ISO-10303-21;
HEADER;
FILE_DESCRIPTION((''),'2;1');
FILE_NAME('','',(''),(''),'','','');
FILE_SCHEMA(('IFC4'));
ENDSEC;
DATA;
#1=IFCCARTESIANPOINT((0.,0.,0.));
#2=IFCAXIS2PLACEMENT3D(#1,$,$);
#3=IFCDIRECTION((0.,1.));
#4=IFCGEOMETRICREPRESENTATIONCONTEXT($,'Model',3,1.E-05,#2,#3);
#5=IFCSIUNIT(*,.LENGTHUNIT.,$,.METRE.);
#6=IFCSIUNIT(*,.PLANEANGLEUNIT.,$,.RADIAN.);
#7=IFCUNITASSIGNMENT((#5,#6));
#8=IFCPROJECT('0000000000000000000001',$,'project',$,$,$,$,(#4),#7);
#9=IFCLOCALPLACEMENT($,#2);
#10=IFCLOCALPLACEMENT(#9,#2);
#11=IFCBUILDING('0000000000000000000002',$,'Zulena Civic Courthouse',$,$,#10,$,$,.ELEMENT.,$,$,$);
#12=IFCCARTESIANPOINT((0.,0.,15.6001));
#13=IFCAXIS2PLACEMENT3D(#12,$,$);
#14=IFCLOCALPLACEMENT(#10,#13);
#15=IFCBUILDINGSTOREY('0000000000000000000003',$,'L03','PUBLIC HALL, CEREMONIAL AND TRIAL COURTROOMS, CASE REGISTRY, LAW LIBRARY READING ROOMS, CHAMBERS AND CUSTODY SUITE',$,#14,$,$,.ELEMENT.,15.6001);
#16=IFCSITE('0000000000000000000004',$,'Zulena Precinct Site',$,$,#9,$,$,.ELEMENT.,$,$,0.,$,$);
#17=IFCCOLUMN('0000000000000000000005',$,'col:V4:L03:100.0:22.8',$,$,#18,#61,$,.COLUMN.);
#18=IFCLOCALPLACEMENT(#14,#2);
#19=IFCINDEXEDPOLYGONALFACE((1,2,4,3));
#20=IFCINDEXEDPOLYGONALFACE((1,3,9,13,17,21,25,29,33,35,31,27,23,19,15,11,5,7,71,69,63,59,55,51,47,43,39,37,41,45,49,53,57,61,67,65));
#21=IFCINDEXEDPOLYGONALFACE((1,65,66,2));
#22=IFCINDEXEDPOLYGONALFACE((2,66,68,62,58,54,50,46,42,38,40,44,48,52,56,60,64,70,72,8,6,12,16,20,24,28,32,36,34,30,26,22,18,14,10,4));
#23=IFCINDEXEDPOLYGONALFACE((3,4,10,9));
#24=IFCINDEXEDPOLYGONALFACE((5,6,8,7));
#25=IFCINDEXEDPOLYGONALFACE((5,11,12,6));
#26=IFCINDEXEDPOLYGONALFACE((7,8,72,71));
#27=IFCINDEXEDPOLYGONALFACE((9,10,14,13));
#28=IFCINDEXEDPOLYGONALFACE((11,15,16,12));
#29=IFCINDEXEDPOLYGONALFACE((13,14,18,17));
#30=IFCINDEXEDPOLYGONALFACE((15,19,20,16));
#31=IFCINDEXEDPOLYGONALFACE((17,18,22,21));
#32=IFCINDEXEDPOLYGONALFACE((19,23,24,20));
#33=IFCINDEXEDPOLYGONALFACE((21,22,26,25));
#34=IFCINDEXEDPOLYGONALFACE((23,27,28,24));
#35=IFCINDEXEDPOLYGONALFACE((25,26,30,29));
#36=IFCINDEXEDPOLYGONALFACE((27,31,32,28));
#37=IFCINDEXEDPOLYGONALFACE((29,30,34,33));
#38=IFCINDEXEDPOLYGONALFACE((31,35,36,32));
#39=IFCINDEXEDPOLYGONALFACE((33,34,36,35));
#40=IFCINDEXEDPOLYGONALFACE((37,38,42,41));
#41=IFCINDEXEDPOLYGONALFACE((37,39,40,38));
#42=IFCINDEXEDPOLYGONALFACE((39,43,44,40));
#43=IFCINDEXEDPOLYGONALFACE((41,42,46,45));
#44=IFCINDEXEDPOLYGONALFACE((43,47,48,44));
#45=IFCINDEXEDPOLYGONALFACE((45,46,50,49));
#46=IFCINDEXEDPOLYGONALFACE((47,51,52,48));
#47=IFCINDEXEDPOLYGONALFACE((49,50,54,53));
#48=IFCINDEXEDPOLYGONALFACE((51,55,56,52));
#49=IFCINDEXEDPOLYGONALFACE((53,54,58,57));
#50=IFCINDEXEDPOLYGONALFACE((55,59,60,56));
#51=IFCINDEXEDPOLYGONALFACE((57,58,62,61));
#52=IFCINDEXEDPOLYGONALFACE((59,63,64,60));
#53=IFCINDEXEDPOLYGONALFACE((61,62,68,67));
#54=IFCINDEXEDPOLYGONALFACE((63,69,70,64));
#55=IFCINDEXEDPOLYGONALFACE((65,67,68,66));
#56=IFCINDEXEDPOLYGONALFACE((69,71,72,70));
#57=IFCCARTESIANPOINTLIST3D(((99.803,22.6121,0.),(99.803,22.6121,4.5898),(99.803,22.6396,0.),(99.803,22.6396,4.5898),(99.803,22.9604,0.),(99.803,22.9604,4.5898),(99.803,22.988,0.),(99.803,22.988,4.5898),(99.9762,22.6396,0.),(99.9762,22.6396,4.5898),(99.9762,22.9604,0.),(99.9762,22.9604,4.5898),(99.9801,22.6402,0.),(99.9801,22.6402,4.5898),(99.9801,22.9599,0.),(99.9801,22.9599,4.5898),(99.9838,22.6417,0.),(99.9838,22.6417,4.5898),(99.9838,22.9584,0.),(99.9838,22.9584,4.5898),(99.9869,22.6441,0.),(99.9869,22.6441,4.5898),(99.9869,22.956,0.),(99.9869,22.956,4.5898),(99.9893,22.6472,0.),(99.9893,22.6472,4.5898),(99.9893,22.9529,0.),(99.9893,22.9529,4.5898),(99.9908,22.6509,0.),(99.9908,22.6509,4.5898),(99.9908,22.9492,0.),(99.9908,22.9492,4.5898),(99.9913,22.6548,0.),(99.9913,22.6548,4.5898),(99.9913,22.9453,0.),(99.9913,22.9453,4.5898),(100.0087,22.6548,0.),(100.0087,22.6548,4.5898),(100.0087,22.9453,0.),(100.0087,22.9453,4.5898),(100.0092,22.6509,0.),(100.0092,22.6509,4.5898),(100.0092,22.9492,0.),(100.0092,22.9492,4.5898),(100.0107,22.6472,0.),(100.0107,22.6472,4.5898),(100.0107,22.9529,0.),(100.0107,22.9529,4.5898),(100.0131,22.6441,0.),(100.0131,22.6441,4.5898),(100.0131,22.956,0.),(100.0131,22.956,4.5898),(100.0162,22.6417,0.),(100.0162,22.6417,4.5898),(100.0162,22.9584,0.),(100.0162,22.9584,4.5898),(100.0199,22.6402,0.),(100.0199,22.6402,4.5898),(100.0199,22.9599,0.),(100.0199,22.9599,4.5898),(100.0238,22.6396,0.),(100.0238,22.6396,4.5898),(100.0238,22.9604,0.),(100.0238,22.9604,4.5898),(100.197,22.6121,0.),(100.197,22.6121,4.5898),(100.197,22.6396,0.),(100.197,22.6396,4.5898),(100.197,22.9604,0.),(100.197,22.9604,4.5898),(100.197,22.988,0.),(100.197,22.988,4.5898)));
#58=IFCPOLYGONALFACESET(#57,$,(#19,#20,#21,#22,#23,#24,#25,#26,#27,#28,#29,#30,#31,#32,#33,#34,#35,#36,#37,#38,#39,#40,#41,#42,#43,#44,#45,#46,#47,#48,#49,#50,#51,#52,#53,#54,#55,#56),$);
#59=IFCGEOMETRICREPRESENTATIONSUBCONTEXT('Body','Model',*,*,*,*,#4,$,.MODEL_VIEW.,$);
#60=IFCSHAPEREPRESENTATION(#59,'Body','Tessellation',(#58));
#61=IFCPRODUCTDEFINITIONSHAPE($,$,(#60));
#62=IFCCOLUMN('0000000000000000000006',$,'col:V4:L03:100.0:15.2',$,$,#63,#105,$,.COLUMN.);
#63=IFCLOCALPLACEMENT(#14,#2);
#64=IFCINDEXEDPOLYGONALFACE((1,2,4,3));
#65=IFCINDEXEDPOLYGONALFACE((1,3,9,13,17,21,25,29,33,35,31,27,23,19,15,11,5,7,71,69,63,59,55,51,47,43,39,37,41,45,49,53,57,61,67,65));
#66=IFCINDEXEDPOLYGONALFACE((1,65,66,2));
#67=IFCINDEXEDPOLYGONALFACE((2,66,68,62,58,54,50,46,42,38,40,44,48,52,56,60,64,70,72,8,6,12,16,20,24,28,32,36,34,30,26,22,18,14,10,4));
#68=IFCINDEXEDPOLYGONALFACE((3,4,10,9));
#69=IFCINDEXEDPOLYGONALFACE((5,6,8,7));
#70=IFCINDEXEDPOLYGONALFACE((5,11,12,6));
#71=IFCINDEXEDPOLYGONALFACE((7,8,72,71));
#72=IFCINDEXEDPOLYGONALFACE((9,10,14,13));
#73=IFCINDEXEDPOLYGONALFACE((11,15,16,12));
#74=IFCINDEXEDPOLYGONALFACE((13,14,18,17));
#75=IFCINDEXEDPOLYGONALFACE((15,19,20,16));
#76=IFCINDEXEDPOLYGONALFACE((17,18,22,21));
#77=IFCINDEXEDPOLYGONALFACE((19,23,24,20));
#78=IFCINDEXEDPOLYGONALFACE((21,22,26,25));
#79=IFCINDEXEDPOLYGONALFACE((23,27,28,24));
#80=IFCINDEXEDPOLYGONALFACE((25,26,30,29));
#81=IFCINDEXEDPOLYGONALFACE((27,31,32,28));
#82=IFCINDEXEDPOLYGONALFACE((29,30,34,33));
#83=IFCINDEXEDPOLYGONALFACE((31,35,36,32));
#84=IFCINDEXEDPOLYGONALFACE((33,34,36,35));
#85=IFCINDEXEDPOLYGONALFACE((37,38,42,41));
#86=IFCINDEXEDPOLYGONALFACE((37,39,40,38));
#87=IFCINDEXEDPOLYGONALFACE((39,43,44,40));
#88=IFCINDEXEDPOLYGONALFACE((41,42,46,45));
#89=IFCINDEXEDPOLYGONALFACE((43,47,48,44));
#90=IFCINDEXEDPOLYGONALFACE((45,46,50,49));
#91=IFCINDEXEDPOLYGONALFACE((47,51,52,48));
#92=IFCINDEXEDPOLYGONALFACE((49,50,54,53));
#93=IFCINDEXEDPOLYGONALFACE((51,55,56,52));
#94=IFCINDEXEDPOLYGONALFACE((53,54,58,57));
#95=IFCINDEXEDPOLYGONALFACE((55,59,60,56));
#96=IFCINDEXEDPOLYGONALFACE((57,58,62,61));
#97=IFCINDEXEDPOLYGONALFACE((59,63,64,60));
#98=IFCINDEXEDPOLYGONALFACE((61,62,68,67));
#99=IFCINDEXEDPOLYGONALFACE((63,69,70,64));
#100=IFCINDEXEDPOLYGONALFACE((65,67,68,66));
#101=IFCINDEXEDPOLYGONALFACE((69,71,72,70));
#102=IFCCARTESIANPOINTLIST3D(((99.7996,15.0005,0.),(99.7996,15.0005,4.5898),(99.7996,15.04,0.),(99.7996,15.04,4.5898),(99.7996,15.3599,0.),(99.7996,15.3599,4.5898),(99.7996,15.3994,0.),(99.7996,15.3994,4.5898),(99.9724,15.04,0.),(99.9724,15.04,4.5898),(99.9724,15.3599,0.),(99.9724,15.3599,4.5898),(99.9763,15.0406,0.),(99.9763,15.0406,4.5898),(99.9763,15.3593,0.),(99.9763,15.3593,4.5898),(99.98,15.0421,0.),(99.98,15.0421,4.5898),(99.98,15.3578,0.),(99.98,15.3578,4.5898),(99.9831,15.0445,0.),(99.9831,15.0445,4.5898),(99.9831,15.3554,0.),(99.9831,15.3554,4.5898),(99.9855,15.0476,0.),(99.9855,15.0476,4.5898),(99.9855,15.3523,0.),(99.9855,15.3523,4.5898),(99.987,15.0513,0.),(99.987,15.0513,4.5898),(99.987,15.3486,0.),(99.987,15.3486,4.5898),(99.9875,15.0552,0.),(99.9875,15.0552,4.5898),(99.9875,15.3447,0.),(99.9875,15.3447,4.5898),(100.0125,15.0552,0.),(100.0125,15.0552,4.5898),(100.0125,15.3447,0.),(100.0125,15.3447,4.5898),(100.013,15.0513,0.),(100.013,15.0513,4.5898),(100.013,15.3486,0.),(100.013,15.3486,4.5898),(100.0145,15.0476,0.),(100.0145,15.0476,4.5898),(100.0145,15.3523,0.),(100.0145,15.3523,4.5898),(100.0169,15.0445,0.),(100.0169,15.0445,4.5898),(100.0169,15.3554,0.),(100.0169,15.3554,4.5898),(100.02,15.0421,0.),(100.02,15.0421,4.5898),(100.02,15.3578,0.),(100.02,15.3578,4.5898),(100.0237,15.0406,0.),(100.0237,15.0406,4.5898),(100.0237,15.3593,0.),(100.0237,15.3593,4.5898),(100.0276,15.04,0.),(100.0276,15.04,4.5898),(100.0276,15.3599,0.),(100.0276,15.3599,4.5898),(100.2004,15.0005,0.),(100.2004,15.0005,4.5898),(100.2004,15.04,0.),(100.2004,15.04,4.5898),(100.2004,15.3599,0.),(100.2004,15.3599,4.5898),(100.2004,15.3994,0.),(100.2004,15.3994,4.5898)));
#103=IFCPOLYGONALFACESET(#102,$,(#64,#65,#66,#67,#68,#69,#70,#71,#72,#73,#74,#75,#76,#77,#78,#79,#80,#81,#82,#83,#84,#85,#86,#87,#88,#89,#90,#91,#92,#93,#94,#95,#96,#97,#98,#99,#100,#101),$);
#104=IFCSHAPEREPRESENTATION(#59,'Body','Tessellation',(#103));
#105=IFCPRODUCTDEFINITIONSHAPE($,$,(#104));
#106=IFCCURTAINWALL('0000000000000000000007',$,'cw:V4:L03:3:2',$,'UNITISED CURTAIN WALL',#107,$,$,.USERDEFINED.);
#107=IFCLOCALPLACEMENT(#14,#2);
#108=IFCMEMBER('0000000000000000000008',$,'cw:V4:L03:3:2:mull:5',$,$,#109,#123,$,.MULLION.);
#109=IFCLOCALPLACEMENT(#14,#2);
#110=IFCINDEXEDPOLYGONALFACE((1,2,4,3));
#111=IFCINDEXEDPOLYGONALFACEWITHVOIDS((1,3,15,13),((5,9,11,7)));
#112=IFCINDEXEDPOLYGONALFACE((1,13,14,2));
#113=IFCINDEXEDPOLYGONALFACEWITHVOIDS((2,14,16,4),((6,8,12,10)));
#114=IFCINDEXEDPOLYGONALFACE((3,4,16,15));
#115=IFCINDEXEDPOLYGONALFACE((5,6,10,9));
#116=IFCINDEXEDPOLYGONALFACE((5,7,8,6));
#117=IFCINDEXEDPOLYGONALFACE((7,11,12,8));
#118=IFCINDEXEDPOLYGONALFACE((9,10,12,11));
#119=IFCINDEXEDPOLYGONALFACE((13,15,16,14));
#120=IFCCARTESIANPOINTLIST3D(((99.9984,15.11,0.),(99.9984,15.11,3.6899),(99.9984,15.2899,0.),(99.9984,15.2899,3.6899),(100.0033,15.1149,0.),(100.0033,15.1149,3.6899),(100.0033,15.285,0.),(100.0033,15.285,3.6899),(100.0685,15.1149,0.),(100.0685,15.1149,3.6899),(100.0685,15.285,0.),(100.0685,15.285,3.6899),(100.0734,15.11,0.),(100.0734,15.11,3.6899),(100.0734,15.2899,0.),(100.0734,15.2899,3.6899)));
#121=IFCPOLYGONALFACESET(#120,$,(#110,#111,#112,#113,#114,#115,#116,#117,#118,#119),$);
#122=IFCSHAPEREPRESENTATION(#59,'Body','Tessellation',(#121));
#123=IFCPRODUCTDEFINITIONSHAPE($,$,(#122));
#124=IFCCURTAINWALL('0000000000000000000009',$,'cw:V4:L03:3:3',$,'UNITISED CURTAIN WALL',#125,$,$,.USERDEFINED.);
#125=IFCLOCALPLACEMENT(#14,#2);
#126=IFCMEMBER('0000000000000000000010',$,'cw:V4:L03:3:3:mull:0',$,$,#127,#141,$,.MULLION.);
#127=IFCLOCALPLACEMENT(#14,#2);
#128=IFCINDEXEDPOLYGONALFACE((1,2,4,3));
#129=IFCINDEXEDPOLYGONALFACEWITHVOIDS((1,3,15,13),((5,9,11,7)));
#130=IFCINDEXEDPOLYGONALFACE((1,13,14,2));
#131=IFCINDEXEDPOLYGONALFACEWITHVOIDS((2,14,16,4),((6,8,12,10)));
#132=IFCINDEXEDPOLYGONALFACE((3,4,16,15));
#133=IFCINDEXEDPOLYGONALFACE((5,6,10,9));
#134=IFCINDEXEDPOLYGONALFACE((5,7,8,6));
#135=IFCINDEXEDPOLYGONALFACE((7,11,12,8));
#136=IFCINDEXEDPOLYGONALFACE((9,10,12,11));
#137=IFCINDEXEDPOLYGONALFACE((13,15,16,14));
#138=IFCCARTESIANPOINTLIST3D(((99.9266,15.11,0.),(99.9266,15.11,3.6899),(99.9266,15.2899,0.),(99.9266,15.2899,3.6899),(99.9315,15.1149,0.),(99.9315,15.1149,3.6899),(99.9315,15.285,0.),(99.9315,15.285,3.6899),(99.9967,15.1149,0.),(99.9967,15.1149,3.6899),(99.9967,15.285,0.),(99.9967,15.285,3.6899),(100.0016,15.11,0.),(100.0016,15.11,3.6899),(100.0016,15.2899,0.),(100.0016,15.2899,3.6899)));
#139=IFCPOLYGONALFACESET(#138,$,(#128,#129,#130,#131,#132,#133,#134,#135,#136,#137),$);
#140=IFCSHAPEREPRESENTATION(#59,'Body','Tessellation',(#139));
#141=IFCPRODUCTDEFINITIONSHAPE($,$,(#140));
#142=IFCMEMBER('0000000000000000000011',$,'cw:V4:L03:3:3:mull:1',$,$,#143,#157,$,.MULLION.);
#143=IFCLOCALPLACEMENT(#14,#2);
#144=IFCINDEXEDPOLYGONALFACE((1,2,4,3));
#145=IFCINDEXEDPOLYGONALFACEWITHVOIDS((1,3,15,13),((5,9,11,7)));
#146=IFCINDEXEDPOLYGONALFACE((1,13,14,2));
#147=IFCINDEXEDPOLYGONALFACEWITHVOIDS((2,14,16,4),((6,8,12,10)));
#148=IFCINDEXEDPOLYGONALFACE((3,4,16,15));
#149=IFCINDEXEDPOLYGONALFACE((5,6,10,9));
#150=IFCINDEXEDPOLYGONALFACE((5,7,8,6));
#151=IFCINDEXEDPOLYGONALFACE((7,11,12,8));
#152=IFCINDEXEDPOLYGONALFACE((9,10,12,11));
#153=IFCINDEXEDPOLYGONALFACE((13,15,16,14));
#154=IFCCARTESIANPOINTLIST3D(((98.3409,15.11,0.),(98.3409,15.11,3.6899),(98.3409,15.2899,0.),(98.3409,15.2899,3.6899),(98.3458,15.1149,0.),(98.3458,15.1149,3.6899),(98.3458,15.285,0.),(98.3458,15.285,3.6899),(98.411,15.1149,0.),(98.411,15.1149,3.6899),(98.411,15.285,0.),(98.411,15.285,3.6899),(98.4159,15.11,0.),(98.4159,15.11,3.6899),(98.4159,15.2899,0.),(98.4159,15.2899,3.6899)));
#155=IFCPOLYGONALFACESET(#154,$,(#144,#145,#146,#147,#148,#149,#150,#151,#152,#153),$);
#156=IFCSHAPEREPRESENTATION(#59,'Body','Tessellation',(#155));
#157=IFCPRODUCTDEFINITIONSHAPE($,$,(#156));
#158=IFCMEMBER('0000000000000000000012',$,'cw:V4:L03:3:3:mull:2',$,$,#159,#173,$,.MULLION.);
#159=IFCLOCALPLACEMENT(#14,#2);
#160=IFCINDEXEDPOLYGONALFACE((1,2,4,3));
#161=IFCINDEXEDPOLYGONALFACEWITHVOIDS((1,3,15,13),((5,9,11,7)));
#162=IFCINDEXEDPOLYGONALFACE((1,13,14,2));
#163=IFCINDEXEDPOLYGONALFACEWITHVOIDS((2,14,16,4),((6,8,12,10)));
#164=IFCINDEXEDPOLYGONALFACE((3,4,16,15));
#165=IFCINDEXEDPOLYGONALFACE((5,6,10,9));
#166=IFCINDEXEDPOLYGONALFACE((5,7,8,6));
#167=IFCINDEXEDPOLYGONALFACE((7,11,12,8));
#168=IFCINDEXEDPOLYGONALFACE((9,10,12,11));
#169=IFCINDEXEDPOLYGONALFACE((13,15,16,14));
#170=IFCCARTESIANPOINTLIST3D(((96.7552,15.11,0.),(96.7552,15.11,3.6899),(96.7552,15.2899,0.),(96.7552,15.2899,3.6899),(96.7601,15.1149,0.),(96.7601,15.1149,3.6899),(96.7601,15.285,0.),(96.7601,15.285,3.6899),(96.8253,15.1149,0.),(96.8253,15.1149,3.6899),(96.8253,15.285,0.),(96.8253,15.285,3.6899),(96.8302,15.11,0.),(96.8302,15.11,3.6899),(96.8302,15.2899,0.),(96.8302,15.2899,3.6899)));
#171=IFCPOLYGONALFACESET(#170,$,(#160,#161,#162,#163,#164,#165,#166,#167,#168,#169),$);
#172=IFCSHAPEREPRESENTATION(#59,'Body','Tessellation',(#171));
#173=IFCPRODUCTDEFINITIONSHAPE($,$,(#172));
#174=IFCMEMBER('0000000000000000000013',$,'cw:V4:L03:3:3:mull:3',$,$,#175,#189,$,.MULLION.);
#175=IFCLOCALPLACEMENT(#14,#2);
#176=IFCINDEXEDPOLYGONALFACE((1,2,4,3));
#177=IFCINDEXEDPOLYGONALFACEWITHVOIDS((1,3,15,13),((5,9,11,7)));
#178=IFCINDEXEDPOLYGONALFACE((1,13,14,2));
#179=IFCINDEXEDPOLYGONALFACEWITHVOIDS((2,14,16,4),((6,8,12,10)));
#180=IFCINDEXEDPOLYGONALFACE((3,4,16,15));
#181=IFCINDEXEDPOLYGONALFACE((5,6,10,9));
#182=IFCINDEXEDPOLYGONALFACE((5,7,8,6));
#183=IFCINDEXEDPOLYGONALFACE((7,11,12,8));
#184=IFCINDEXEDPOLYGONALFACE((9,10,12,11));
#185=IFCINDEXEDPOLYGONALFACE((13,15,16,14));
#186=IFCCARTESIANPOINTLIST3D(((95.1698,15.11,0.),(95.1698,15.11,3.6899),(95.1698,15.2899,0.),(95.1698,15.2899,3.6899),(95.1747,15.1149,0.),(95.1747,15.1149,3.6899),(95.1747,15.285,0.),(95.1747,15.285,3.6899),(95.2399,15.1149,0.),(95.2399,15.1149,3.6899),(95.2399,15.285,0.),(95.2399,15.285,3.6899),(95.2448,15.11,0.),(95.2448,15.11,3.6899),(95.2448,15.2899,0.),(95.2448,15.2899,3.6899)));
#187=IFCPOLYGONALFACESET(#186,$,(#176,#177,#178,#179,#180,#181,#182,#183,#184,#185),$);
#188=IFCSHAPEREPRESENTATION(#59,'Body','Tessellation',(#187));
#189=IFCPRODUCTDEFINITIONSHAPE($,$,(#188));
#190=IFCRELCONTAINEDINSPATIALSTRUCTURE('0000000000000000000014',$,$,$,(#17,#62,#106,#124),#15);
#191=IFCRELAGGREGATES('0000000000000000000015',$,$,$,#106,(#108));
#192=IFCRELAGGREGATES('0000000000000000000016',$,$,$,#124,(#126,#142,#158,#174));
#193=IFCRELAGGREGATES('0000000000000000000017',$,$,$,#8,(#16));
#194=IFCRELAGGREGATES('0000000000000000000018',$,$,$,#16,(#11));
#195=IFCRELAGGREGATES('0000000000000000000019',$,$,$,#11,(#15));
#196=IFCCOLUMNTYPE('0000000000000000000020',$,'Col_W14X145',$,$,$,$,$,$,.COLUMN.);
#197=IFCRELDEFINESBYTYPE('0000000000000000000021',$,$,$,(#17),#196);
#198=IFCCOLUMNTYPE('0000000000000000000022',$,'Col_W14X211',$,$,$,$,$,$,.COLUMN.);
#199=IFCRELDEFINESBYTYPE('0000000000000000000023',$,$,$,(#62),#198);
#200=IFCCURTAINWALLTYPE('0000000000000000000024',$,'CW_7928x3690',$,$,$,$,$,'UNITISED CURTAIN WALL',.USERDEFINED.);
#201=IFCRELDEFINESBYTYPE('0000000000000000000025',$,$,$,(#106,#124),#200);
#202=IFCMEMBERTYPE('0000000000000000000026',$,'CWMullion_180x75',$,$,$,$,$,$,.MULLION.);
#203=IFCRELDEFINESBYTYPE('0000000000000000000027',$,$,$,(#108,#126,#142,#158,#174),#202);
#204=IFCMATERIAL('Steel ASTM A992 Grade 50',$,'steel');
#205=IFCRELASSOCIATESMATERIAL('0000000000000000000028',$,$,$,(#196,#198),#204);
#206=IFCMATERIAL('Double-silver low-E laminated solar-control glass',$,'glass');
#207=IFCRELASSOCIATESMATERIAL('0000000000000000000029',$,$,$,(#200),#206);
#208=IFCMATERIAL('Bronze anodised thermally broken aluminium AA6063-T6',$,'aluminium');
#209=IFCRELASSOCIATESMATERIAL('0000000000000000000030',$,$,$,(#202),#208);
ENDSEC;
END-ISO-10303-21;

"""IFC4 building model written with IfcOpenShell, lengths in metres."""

from ifc_helpers import new_model, si_unit, direction, frame, origin, origin_2d, place, context, subcontext, project, spatial, hollow_rectangle, i_section, extrude, material, material_profile, profile_set, type_object, element, aggregate, save


model = new_model("IFC4")

# Units and contexts
model_context = context("Model", 3, precision=1e-05, world=origin(), true_north=direction((0.0, 1.0)))
body_context = subcontext(model_context, "Body", "Model", "MODEL_VIEW")
ifc_project = project(units=[si_unit("LENGTHUNIT", "METRE"), si_unit("PLANEANGLEUNIT", "RADIAN")], contexts=[model_context])

# Site, building, storey
site_placement = place(None, origin())
site = spatial("IfcSite", under=ifc_project, at=site_placement, Name="Zulena Precinct Site", CompositionType="ELEMENT", RefElevation=0.0)
building_placement = place(site_placement, origin())
building = spatial("IfcBuilding", under=site, at=building_placement, Name="Zulena Civic Courthouse", CompositionType="ELEMENT")
storey_placement = place(building_placement, frame((0.0, 0.0, 15.6001)))
storey = spatial("IfcBuildingStorey", under=building, at=storey_placement, Name="L03", Description="PUBLIC HALL, CEREMONIAL AND TRIAL COURTROOMS, CASE REGISTRY, LAW LIBRARY READING ROOMS, CHAMBERS AND CUSTODY SUITE", CompositionType="ELEMENT", Elevation=15.6001)

# Columns
ifc_material_1 = material(Name="Steel ASTM A992 Grade 50", Category="steel")
ifc_material_profile_1 = material_profile(ifc_material_1, i_section(OverallWidth=0.394, OverallDepth=0.376, WebThickness=0.0173, FlangeThickness=0.0276, FilletRadius=0.0151, at=origin_2d()), Name="W14X145")
ifc_profile_set_1 = profile_set([ifc_material_profile_1], Name="Steel ASTM A992 Grade 50")
column_type_1 = type_object("IfcColumnType", Name="Col_W14X145", PredefinedType="COLUMN", material=ifc_profile_set_1)
column_1_placement = place(storey_placement, frame((100.0, 22.8, 0.0), z_axis=(0.0, 0.0, 1.0), x_axis=(1.0, 0.0, 0.0)))
element("IfcColumn", 1, at=column_1_placement, inside=storey, type_object=column_type_1, Name="col:V4:L03:100.0:22.8", PredefinedType="COLUMN", context=body_context, shape_type="SweptSolid", body=[
    extrude(i_section(OverallWidth=0.394, OverallDepth=0.376, WebThickness=0.0173, FlangeThickness=0.0276, FilletRadius=0.0151, at=origin_2d()), origin(), (0.0, 0.0, 1.0), 4.5898),
])
ifc_material_profile_2 = material_profile(ifc_material_1, i_section(OverallWidth=0.4009, OverallDepth=0.3989, WebThickness=0.0249, FlangeThickness=0.0396, FilletRadius=0.0151, at=origin_2d()), Name="W14X211")
ifc_profile_set_2 = profile_set([ifc_material_profile_2], Name="Steel ASTM A992 Grade 50")
column_type_2 = type_object("IfcColumnType", Name="Col_W14X211", PredefinedType="COLUMN", material=ifc_profile_set_2)
column_2_placement = place(storey_placement, frame((100.0, 15.2, 0.0), z_axis=(0.0, 0.0, 1.0), x_axis=(1.0, 0.0, 0.0)))
element("IfcColumn", 2, at=column_2_placement, inside=storey, type_object=column_type_2, Name="col:V4:L03:100.0:15.2", PredefinedType="COLUMN", context=body_context, shape_type="SweptSolid", body=[
    extrude(i_section(OverallWidth=0.4009, OverallDepth=0.3989, WebThickness=0.0249, FlangeThickness=0.0396, FilletRadius=0.0151, at=origin_2d()), origin(), (0.0, 0.0, 1.0), 4.5898),
])

# Curtain wall, member
ifc_material_2 = material(Name="Double-silver low-E laminated solar-control glass", Category="glass")
curtain_wall_type = type_object("IfcCurtainWallType", Name="CW_7928x3690", ElementType="UNITISED CURTAIN WALL", PredefinedType="USERDEFINED", material=ifc_material_2)
curtain_wall_1_placement = place(storey_placement, origin())
curtain_wall_1 = element("IfcCurtainWall", 3, at=curtain_wall_1_placement, inside=storey, type_object=curtain_wall_type, Name="cw:V4:L03:3:2", ObjectType="UNITISED CURTAIN WALL", PredefinedType="USERDEFINED")
ifc_material_3 = material(Name="Bronze anodised thermally broken aluminium AA6063-T6", Category="aluminium")
ifc_material_profile_3 = material_profile(ifc_material_3, hollow_rectangle(XDim=0.075, YDim=0.1799, WallThickness=0.0049, at=origin_2d()), Name="CWM180X75X5")
ifc_profile_set_3 = profile_set([ifc_material_profile_3], Name="Bronze anodised thermally broken aluminium AA6063-T6")
member_type_1 = type_object("IfcMemberType", Name="CWMullion_180x75", PredefinedType="MULLION", material=ifc_profile_set_3)
member_1_placement = place(storey_placement, frame((100.0359, 15.2, 0.0), z_axis=(0.0, 0.0, 1.0), x_axis=(1.0, 0.0, 0.0)))
member_1 = element("IfcMember", 4, at=member_1_placement, type_object=member_type_1, Name="cw:V4:L03:3:2:mull:5", PredefinedType="MULLION", context=body_context, shape_type="SweptSolid", body=[
    extrude(hollow_rectangle(XDim=0.075, YDim=0.1799, WallThickness=0.0049, at=origin_2d()), origin(), (0.0, 0.0, 1.0), 3.6899),
])

# Curtain wall, members
curtain_wall_2_placement = place(storey_placement, origin())
curtain_wall_2 = element("IfcCurtainWall", 5, at=curtain_wall_2_placement, inside=storey, type_object=curtain_wall_type, Name="cw:V4:L03:3:3", ObjectType="UNITISED CURTAIN WALL", PredefinedType="USERDEFINED")
member_2_placement = place(storey_placement, frame((99.9641, 15.2, 0.0), z_axis=(0.0, 0.0, 1.0), x_axis=(1.0, 0.0, 0.0)))
member_2 = element("IfcMember", 6, at=member_2_placement, type_object=member_type_1, Name="cw:V4:L03:3:3:mull:0", PredefinedType="MULLION", context=body_context, shape_type="SweptSolid", body=[
    extrude(hollow_rectangle(XDim=0.075, YDim=0.1799, WallThickness=0.0049, at=origin_2d()), origin(), (0.0, 0.0, 1.0), 3.6899),
])
member_3_placement = place(storey_placement, frame((98.3784, 15.2, 0.0), z_axis=(0.0, 0.0, 1.0), x_axis=(1.0, 0.0, 0.0)))
member_3 = element("IfcMember", 7, at=member_3_placement, type_object=member_type_1, Name="cw:V4:L03:3:3:mull:1", PredefinedType="MULLION", context=body_context, shape_type="SweptSolid", body=[
    extrude(hollow_rectangle(XDim=0.075, YDim=0.1799, WallThickness=0.0049, at=origin_2d()), origin(), (0.0, 0.0, 1.0), 3.6899),
])
member_4_placement = place(storey_placement, frame((96.7927, 15.2, 0.0), z_axis=(0.0, 0.0, 1.0), x_axis=(1.0, 0.0, 0.0)))
member_4 = element("IfcMember", 8, at=member_4_placement, type_object=member_type_1, Name="cw:V4:L03:3:3:mull:2", PredefinedType="MULLION", context=body_context, shape_type="SweptSolid", body=[
    extrude(hollow_rectangle(XDim=0.075, YDim=0.1799, WallThickness=0.0049, at=origin_2d()), origin(), (0.0, 0.0, 1.0), 3.6899),
])
member_5_placement = place(storey_placement, frame((95.2073, 15.2, 0.0), z_axis=(0.0, 0.0, 1.0), x_axis=(1.0, 0.0, 0.0)))
member_5 = element("IfcMember", 9, at=member_5_placement, type_object=member_type_1, Name="cw:V4:L03:3:3:mull:3", PredefinedType="MULLION", context=body_context, shape_type="SweptSolid", body=[
    extrude(hollow_rectangle(XDim=0.075, YDim=0.1799, WallThickness=0.0049, at=origin_2d()), origin(), (0.0, 0.0, 1.0), 3.6899),
])

aggregate(curtain_wall_1, [member_1])
aggregate(curtain_wall_2, [member_2, member_3, member_4, member_5])

save(model, "model.ifc")
